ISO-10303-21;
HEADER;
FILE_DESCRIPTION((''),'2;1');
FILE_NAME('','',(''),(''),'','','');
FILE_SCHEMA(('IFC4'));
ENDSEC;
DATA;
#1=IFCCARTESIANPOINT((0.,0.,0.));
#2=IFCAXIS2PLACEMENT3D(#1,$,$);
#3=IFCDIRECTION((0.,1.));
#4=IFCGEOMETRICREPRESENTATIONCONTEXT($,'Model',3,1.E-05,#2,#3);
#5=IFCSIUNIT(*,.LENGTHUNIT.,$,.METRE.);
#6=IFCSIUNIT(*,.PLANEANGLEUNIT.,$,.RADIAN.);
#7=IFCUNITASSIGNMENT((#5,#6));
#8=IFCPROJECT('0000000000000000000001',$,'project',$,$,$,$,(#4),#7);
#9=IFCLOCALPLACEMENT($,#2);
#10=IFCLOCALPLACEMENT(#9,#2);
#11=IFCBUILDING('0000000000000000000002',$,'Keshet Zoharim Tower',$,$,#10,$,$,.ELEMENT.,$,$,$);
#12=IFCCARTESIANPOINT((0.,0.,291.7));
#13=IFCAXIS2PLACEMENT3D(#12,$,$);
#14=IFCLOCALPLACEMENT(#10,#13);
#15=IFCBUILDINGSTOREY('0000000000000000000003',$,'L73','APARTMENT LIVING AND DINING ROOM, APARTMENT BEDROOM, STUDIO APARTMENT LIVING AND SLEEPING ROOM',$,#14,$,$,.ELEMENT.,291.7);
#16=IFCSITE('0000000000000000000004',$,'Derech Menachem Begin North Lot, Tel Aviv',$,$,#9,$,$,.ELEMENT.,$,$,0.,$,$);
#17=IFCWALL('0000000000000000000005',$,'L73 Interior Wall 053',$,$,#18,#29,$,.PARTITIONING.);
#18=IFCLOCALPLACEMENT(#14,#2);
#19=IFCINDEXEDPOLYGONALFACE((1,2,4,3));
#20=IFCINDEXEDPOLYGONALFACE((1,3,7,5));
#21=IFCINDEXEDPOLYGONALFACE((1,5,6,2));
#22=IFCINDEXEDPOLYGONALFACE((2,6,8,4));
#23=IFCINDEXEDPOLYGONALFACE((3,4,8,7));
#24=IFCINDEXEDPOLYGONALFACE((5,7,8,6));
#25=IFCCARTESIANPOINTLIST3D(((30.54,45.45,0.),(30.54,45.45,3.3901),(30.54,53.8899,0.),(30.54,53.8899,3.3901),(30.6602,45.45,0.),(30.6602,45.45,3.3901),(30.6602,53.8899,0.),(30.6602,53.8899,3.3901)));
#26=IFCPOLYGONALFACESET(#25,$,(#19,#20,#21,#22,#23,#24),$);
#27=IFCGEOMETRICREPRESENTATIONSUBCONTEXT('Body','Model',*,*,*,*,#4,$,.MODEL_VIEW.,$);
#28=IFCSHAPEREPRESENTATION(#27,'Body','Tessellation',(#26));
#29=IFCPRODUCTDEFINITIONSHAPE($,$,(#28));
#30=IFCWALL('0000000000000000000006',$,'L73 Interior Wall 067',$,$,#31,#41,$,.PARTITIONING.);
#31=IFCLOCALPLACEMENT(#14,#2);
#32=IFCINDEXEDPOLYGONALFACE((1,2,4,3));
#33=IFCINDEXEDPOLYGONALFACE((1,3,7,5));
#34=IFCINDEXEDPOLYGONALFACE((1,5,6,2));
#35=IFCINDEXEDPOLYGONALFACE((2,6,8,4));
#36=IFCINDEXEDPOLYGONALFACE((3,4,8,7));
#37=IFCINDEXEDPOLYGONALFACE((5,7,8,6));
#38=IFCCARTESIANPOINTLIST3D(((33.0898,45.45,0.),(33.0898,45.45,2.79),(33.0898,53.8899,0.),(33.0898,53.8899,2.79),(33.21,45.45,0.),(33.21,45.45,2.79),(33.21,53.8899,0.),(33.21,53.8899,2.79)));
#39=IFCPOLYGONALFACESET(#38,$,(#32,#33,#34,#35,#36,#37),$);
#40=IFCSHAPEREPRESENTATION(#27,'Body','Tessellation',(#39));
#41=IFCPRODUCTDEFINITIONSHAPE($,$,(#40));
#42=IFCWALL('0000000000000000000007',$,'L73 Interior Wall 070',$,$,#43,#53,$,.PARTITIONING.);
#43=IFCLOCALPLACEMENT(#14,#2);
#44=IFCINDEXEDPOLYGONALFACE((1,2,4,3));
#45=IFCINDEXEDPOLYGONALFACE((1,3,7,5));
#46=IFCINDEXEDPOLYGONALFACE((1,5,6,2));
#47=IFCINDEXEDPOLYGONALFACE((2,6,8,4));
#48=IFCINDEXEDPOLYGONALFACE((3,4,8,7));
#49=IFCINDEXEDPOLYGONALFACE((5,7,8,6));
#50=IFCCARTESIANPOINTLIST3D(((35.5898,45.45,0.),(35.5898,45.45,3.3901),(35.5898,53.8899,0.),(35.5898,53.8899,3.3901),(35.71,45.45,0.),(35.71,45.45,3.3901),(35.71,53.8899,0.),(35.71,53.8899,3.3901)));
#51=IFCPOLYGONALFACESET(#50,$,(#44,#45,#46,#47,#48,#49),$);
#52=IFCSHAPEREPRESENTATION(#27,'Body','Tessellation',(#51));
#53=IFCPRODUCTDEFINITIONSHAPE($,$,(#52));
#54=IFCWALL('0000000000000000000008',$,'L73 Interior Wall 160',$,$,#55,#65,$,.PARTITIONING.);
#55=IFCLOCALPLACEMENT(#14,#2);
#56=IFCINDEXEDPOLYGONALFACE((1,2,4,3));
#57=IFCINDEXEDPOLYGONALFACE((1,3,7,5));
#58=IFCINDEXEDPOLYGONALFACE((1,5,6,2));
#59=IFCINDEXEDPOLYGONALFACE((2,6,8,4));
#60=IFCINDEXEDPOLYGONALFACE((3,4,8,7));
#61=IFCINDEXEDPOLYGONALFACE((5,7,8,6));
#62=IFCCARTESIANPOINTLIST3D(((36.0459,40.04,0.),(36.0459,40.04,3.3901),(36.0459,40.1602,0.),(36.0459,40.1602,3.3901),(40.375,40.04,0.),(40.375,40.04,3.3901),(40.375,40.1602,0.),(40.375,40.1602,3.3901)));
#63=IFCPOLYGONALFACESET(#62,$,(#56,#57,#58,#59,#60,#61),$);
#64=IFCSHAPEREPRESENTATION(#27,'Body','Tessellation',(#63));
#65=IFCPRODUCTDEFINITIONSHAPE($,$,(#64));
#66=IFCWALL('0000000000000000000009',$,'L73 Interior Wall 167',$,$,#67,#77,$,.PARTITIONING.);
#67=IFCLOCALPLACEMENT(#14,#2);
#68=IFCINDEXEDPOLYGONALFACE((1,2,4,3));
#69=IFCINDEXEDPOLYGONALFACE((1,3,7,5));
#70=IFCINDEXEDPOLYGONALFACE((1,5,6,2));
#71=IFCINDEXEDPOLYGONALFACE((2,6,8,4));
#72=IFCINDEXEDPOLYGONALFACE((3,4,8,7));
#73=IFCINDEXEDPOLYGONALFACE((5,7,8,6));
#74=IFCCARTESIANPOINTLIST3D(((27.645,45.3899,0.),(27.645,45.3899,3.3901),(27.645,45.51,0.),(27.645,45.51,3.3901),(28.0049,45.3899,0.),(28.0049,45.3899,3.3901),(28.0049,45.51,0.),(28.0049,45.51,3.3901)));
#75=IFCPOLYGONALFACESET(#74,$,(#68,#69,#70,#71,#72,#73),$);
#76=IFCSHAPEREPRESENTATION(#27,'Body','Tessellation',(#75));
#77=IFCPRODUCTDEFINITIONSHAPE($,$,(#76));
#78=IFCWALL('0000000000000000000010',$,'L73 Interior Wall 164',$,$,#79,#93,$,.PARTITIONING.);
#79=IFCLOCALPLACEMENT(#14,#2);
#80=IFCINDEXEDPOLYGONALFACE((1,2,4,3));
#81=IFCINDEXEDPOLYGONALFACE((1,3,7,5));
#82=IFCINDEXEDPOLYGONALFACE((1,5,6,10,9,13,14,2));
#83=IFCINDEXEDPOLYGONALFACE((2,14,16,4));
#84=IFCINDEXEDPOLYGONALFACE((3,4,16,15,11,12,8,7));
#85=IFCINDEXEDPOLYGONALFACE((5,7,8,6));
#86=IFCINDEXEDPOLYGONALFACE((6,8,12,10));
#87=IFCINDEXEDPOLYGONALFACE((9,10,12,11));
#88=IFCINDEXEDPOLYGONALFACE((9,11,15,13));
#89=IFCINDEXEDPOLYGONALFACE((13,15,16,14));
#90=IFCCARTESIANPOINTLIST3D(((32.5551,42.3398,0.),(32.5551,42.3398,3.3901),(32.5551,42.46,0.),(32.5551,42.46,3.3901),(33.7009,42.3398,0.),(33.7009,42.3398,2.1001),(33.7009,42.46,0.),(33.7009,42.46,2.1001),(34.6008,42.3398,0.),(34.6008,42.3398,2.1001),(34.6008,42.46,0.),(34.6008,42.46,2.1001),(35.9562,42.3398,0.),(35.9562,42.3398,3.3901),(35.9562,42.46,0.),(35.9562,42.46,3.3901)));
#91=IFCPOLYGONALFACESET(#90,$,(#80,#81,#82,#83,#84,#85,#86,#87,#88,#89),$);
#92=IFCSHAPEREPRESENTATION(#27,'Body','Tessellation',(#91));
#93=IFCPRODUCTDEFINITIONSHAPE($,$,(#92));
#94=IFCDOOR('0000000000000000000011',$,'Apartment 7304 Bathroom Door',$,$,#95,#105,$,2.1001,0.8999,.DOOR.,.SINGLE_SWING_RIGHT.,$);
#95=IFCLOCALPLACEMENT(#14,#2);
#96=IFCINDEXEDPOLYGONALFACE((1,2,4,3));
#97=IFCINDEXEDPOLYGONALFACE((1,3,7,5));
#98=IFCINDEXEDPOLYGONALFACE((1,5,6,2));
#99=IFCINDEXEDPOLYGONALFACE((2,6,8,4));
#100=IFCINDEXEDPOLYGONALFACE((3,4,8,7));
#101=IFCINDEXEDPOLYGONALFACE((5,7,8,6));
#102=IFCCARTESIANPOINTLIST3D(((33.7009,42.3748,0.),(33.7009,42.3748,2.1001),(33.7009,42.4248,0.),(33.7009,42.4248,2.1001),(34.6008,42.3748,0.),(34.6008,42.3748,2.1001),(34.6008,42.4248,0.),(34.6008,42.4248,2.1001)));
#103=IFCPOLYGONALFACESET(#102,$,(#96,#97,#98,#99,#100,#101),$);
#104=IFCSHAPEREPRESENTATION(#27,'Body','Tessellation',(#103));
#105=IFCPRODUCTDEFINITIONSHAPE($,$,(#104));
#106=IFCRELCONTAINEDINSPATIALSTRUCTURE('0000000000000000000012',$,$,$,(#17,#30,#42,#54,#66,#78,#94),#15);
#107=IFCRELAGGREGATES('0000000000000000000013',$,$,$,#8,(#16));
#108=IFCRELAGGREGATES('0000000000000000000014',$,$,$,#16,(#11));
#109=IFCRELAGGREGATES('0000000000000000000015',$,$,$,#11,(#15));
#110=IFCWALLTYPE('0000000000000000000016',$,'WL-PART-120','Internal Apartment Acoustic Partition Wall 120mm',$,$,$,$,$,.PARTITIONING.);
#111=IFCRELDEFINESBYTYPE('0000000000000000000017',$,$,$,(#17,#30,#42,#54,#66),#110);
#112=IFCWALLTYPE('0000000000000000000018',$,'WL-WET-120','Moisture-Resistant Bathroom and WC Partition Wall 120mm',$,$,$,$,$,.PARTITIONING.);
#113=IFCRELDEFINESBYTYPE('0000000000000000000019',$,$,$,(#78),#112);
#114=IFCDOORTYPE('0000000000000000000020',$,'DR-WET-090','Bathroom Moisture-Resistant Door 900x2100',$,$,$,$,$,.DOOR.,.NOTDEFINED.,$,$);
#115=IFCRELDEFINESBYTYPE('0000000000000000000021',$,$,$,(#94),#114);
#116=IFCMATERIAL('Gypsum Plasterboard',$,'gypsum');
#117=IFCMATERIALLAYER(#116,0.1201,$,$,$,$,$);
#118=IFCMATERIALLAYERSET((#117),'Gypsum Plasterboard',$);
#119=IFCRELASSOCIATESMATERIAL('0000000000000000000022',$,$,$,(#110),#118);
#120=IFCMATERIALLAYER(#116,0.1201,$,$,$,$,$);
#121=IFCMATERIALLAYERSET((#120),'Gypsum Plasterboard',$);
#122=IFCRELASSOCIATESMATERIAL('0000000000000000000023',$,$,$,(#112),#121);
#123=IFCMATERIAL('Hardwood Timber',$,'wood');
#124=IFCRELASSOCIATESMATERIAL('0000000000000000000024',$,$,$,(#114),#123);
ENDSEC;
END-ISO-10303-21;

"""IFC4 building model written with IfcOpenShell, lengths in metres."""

from ifc_helpers import new_model, si_unit, direction, frame, frame_2d, origin, place, context, subcontext, project, spatial, rectangle, extrude, material, layer, layer_set, type_object, element, fill, save


model = new_model("IFC4")

# Units and contexts
model_context = context("Model", 3, precision=1e-05, world=origin(), true_north=direction((0.0, 1.0)))
body_context = subcontext(model_context, "Body", "Model", "MODEL_VIEW")
ifc_project = project(units=[si_unit("LENGTHUNIT", "METRE"), si_unit("PLANEANGLEUNIT", "RADIAN")], contexts=[model_context])

# Site, building, storey
site_placement = place(None, origin())
site = spatial("IfcSite", under=ifc_project, at=site_placement, Name="Derech Menachem Begin North Lot, Tel Aviv", CompositionType="ELEMENT", RefElevation=0.0)
building_placement = place(site_placement, origin())
building = spatial("IfcBuilding", under=site, at=building_placement, Name="Keshet Zoharim Tower", CompositionType="ELEMENT")
storey_placement = place(building_placement, frame((0.0, 0.0, 291.7)))
storey = spatial("IfcBuildingStorey", under=building, at=storey_placement, Name="L73", Description="APARTMENT LIVING AND DINING ROOM, APARTMENT BEDROOM, STUDIO APARTMENT LIVING AND SLEEPING ROOM", CompositionType="ELEMENT", Elevation=291.7)

# Shared definitions
ifc_material_1 = material(Name="Hardwood Timber", Category="wood")

# Walls
ifc_material_2 = material(Name="Gypsum Plasterboard", Category="gypsum")
ifc_layer_1 = layer(ifc_material_2, 0.1201)
ifc_layer_set_1 = layer_set([ifc_layer_1], Name="Gypsum Plasterboard")
wall_type_1 = type_object("IfcWallType", Name="WL-PART-120", Description="Internal Apartment Acoustic Partition Wall 120mm", PredefinedType="PARTITIONING", material=ifc_layer_set_1)
for number, where, z_axis, x_axis, name in (
    (1, (30.6001, 45.45, 0.0), (0.0, 0.0, 1.0), (0.0, 1.0, 0.0), "L73 Interior Wall 053"),
):
    element("IfcWall", number, at=place(storey_placement, frame(where, z_axis=z_axis, x_axis=x_axis)), inside=storey, type_object=wall_type_1, Name=name, PredefinedType="PARTITIONING", context=body_context, shape_type="SweptSolid", body=[
        extrude(rectangle(XDim=8.4399, YDim=0.1201, at=frame_2d((4.22, 0.0))), origin(), (0.0, 0.0, 1.0), 3.3901),
    ])
wall_1_placement = place(storey_placement, frame((33.1499, 45.45, 0.0), z_axis=(0.0, 0.0, 1.0), x_axis=(0.0, 1.0, 0.0)))
element("IfcWall", 2, at=wall_1_placement, inside=storey, type_object=wall_type_1, Name="L73 Interior Wall 067", PredefinedType="PARTITIONING", context=body_context, shape_type="SweptSolid", body=[
    extrude(rectangle(XDim=8.4399, YDim=0.1201, at=frame_2d((4.22, 0.0))), origin(), (0.0, 0.0, 1.0), 2.79),
])
wall_2_placement = place(storey_placement, frame((35.6499, 45.45, 0.0), z_axis=(0.0, 0.0, 1.0), x_axis=(0.0, 1.0, 0.0)))
element("IfcWall", 3, at=wall_2_placement, inside=storey, type_object=wall_type_1, Name="L73 Interior Wall 070", PredefinedType="PARTITIONING", context=body_context, shape_type="SweptSolid", body=[
    extrude(rectangle(XDim=8.4399, YDim=0.1201, at=frame_2d((4.22, 0.0))), origin(), (0.0, 0.0, 1.0), 3.3901),
])
wall_3_placement = place(storey_placement, frame((36.0459, 40.1001, 0.0), z_axis=(0.0, 0.0, 1.0), x_axis=(1.0, 0.0, 0.0)))
element("IfcWall", 4, at=wall_3_placement, inside=storey, type_object=wall_type_1, Name="L73 Interior Wall 160", PredefinedType="PARTITIONING", context=body_context, shape_type="SweptSolid", body=[
    extrude(rectangle(XDim=4.3291, YDim=0.1201, at=frame_2d((2.1646, 0.0))), origin(), (0.0, 0.0, 1.0), 3.3901),
])
wall_4_placement = place(storey_placement, frame((27.645, 45.45, 0.0), z_axis=(0.0, 0.0, 1.0), x_axis=(1.0, 0.0, 0.0)))
element("IfcWall", 5, at=wall_4_placement, inside=storey, type_object=wall_type_1, Name="L73 Interior Wall 167", PredefinedType="PARTITIONING", context=body_context, shape_type="SweptSolid", body=[
    extrude(rectangle(XDim=0.3599, YDim=0.1201, at=frame_2d((0.1799, 0.0))), origin(), (0.0, 0.0, 1.0), 3.3901),
])

# Wall, opening, door
ifc_layer_2 = layer(ifc_material_2, 0.1201)
ifc_layer_set_2 = layer_set([ifc_layer_2], Name="Gypsum Plasterboard")
wall_type_2 = type_object("IfcWallType", Name="WL-WET-120", Description="Moisture-Resistant Bathroom and WC Partition Wall 120mm", PredefinedType="PARTITIONING", material=ifc_layer_set_2)
wall_5_placement = place(storey_placement, frame((32.5549, 42.3999, 0.0), z_axis=(0.0, 0.0, 1.0), x_axis=(1.0, 0.0, 0.0)))
wall_5 = element("IfcWall", 6, at=wall_5_placement, inside=storey, type_object=wall_type_2, Name="L73 Interior Wall 164", PredefinedType="PARTITIONING", context=body_context, shape_type="SweptSolid", body=[
    extrude(rectangle(XDim=3.4011, YDim=0.1201, at=frame_2d((1.7007, 0.0))), origin(), (0.0, 0.0, 1.0), 3.3901),
])
opening_1_placement = place(wall_5_placement, frame((1.146, 0.0, 0.0)))
opening_1 = element("IfcOpeningElement", 7, at=opening_1_placement, cuts=wall_5, PredefinedType="OPENING", context=body_context, shape_type="SweptSolid", body=[
    extrude(rectangle(XDim=0.8999, YDim=2.1001, at=frame_2d((0.45, 1.05))), frame((0.0, 0.0701, 0.0), z_axis=(0.0, -1.0, 0.0), x_axis=(1.0, 0.0, 0.0)), (0.0, 0.0, 1.0), 0.1401),
])
door_type_1 = type_object("IfcDoorType", Name="DR-WET-090", Description="Bathroom Moisture-Resistant Door 900x2100", OperationType="NOTDEFINED", PredefinedType="DOOR", material=ifc_material_1)
door_1_placement = place(opening_1_placement, origin())
door_1 = element("IfcDoor", 8, at=door_1_placement, inside=storey, type_object=door_type_1, Name="Apartment 7304 Bathroom Door", OperationType="SINGLE_SWING_RIGHT", OverallHeight=2.1001, OverallWidth=0.8999, PredefinedType="DOOR", context=body_context, shape_type="SweptSolid", body=[
    extrude(rectangle(XDim=0.8999, YDim=2.1001, at=frame_2d((0.45, 1.05))), frame((0.0, 0.0249, 0.0), z_axis=(0.0, -1.0, 0.0), x_axis=(1.0, 0.0, 0.0)), (0.0, 0.0, 1.0), 0.05),
])
fill(opening_1, door_1)

save(model, "model.ifc")
